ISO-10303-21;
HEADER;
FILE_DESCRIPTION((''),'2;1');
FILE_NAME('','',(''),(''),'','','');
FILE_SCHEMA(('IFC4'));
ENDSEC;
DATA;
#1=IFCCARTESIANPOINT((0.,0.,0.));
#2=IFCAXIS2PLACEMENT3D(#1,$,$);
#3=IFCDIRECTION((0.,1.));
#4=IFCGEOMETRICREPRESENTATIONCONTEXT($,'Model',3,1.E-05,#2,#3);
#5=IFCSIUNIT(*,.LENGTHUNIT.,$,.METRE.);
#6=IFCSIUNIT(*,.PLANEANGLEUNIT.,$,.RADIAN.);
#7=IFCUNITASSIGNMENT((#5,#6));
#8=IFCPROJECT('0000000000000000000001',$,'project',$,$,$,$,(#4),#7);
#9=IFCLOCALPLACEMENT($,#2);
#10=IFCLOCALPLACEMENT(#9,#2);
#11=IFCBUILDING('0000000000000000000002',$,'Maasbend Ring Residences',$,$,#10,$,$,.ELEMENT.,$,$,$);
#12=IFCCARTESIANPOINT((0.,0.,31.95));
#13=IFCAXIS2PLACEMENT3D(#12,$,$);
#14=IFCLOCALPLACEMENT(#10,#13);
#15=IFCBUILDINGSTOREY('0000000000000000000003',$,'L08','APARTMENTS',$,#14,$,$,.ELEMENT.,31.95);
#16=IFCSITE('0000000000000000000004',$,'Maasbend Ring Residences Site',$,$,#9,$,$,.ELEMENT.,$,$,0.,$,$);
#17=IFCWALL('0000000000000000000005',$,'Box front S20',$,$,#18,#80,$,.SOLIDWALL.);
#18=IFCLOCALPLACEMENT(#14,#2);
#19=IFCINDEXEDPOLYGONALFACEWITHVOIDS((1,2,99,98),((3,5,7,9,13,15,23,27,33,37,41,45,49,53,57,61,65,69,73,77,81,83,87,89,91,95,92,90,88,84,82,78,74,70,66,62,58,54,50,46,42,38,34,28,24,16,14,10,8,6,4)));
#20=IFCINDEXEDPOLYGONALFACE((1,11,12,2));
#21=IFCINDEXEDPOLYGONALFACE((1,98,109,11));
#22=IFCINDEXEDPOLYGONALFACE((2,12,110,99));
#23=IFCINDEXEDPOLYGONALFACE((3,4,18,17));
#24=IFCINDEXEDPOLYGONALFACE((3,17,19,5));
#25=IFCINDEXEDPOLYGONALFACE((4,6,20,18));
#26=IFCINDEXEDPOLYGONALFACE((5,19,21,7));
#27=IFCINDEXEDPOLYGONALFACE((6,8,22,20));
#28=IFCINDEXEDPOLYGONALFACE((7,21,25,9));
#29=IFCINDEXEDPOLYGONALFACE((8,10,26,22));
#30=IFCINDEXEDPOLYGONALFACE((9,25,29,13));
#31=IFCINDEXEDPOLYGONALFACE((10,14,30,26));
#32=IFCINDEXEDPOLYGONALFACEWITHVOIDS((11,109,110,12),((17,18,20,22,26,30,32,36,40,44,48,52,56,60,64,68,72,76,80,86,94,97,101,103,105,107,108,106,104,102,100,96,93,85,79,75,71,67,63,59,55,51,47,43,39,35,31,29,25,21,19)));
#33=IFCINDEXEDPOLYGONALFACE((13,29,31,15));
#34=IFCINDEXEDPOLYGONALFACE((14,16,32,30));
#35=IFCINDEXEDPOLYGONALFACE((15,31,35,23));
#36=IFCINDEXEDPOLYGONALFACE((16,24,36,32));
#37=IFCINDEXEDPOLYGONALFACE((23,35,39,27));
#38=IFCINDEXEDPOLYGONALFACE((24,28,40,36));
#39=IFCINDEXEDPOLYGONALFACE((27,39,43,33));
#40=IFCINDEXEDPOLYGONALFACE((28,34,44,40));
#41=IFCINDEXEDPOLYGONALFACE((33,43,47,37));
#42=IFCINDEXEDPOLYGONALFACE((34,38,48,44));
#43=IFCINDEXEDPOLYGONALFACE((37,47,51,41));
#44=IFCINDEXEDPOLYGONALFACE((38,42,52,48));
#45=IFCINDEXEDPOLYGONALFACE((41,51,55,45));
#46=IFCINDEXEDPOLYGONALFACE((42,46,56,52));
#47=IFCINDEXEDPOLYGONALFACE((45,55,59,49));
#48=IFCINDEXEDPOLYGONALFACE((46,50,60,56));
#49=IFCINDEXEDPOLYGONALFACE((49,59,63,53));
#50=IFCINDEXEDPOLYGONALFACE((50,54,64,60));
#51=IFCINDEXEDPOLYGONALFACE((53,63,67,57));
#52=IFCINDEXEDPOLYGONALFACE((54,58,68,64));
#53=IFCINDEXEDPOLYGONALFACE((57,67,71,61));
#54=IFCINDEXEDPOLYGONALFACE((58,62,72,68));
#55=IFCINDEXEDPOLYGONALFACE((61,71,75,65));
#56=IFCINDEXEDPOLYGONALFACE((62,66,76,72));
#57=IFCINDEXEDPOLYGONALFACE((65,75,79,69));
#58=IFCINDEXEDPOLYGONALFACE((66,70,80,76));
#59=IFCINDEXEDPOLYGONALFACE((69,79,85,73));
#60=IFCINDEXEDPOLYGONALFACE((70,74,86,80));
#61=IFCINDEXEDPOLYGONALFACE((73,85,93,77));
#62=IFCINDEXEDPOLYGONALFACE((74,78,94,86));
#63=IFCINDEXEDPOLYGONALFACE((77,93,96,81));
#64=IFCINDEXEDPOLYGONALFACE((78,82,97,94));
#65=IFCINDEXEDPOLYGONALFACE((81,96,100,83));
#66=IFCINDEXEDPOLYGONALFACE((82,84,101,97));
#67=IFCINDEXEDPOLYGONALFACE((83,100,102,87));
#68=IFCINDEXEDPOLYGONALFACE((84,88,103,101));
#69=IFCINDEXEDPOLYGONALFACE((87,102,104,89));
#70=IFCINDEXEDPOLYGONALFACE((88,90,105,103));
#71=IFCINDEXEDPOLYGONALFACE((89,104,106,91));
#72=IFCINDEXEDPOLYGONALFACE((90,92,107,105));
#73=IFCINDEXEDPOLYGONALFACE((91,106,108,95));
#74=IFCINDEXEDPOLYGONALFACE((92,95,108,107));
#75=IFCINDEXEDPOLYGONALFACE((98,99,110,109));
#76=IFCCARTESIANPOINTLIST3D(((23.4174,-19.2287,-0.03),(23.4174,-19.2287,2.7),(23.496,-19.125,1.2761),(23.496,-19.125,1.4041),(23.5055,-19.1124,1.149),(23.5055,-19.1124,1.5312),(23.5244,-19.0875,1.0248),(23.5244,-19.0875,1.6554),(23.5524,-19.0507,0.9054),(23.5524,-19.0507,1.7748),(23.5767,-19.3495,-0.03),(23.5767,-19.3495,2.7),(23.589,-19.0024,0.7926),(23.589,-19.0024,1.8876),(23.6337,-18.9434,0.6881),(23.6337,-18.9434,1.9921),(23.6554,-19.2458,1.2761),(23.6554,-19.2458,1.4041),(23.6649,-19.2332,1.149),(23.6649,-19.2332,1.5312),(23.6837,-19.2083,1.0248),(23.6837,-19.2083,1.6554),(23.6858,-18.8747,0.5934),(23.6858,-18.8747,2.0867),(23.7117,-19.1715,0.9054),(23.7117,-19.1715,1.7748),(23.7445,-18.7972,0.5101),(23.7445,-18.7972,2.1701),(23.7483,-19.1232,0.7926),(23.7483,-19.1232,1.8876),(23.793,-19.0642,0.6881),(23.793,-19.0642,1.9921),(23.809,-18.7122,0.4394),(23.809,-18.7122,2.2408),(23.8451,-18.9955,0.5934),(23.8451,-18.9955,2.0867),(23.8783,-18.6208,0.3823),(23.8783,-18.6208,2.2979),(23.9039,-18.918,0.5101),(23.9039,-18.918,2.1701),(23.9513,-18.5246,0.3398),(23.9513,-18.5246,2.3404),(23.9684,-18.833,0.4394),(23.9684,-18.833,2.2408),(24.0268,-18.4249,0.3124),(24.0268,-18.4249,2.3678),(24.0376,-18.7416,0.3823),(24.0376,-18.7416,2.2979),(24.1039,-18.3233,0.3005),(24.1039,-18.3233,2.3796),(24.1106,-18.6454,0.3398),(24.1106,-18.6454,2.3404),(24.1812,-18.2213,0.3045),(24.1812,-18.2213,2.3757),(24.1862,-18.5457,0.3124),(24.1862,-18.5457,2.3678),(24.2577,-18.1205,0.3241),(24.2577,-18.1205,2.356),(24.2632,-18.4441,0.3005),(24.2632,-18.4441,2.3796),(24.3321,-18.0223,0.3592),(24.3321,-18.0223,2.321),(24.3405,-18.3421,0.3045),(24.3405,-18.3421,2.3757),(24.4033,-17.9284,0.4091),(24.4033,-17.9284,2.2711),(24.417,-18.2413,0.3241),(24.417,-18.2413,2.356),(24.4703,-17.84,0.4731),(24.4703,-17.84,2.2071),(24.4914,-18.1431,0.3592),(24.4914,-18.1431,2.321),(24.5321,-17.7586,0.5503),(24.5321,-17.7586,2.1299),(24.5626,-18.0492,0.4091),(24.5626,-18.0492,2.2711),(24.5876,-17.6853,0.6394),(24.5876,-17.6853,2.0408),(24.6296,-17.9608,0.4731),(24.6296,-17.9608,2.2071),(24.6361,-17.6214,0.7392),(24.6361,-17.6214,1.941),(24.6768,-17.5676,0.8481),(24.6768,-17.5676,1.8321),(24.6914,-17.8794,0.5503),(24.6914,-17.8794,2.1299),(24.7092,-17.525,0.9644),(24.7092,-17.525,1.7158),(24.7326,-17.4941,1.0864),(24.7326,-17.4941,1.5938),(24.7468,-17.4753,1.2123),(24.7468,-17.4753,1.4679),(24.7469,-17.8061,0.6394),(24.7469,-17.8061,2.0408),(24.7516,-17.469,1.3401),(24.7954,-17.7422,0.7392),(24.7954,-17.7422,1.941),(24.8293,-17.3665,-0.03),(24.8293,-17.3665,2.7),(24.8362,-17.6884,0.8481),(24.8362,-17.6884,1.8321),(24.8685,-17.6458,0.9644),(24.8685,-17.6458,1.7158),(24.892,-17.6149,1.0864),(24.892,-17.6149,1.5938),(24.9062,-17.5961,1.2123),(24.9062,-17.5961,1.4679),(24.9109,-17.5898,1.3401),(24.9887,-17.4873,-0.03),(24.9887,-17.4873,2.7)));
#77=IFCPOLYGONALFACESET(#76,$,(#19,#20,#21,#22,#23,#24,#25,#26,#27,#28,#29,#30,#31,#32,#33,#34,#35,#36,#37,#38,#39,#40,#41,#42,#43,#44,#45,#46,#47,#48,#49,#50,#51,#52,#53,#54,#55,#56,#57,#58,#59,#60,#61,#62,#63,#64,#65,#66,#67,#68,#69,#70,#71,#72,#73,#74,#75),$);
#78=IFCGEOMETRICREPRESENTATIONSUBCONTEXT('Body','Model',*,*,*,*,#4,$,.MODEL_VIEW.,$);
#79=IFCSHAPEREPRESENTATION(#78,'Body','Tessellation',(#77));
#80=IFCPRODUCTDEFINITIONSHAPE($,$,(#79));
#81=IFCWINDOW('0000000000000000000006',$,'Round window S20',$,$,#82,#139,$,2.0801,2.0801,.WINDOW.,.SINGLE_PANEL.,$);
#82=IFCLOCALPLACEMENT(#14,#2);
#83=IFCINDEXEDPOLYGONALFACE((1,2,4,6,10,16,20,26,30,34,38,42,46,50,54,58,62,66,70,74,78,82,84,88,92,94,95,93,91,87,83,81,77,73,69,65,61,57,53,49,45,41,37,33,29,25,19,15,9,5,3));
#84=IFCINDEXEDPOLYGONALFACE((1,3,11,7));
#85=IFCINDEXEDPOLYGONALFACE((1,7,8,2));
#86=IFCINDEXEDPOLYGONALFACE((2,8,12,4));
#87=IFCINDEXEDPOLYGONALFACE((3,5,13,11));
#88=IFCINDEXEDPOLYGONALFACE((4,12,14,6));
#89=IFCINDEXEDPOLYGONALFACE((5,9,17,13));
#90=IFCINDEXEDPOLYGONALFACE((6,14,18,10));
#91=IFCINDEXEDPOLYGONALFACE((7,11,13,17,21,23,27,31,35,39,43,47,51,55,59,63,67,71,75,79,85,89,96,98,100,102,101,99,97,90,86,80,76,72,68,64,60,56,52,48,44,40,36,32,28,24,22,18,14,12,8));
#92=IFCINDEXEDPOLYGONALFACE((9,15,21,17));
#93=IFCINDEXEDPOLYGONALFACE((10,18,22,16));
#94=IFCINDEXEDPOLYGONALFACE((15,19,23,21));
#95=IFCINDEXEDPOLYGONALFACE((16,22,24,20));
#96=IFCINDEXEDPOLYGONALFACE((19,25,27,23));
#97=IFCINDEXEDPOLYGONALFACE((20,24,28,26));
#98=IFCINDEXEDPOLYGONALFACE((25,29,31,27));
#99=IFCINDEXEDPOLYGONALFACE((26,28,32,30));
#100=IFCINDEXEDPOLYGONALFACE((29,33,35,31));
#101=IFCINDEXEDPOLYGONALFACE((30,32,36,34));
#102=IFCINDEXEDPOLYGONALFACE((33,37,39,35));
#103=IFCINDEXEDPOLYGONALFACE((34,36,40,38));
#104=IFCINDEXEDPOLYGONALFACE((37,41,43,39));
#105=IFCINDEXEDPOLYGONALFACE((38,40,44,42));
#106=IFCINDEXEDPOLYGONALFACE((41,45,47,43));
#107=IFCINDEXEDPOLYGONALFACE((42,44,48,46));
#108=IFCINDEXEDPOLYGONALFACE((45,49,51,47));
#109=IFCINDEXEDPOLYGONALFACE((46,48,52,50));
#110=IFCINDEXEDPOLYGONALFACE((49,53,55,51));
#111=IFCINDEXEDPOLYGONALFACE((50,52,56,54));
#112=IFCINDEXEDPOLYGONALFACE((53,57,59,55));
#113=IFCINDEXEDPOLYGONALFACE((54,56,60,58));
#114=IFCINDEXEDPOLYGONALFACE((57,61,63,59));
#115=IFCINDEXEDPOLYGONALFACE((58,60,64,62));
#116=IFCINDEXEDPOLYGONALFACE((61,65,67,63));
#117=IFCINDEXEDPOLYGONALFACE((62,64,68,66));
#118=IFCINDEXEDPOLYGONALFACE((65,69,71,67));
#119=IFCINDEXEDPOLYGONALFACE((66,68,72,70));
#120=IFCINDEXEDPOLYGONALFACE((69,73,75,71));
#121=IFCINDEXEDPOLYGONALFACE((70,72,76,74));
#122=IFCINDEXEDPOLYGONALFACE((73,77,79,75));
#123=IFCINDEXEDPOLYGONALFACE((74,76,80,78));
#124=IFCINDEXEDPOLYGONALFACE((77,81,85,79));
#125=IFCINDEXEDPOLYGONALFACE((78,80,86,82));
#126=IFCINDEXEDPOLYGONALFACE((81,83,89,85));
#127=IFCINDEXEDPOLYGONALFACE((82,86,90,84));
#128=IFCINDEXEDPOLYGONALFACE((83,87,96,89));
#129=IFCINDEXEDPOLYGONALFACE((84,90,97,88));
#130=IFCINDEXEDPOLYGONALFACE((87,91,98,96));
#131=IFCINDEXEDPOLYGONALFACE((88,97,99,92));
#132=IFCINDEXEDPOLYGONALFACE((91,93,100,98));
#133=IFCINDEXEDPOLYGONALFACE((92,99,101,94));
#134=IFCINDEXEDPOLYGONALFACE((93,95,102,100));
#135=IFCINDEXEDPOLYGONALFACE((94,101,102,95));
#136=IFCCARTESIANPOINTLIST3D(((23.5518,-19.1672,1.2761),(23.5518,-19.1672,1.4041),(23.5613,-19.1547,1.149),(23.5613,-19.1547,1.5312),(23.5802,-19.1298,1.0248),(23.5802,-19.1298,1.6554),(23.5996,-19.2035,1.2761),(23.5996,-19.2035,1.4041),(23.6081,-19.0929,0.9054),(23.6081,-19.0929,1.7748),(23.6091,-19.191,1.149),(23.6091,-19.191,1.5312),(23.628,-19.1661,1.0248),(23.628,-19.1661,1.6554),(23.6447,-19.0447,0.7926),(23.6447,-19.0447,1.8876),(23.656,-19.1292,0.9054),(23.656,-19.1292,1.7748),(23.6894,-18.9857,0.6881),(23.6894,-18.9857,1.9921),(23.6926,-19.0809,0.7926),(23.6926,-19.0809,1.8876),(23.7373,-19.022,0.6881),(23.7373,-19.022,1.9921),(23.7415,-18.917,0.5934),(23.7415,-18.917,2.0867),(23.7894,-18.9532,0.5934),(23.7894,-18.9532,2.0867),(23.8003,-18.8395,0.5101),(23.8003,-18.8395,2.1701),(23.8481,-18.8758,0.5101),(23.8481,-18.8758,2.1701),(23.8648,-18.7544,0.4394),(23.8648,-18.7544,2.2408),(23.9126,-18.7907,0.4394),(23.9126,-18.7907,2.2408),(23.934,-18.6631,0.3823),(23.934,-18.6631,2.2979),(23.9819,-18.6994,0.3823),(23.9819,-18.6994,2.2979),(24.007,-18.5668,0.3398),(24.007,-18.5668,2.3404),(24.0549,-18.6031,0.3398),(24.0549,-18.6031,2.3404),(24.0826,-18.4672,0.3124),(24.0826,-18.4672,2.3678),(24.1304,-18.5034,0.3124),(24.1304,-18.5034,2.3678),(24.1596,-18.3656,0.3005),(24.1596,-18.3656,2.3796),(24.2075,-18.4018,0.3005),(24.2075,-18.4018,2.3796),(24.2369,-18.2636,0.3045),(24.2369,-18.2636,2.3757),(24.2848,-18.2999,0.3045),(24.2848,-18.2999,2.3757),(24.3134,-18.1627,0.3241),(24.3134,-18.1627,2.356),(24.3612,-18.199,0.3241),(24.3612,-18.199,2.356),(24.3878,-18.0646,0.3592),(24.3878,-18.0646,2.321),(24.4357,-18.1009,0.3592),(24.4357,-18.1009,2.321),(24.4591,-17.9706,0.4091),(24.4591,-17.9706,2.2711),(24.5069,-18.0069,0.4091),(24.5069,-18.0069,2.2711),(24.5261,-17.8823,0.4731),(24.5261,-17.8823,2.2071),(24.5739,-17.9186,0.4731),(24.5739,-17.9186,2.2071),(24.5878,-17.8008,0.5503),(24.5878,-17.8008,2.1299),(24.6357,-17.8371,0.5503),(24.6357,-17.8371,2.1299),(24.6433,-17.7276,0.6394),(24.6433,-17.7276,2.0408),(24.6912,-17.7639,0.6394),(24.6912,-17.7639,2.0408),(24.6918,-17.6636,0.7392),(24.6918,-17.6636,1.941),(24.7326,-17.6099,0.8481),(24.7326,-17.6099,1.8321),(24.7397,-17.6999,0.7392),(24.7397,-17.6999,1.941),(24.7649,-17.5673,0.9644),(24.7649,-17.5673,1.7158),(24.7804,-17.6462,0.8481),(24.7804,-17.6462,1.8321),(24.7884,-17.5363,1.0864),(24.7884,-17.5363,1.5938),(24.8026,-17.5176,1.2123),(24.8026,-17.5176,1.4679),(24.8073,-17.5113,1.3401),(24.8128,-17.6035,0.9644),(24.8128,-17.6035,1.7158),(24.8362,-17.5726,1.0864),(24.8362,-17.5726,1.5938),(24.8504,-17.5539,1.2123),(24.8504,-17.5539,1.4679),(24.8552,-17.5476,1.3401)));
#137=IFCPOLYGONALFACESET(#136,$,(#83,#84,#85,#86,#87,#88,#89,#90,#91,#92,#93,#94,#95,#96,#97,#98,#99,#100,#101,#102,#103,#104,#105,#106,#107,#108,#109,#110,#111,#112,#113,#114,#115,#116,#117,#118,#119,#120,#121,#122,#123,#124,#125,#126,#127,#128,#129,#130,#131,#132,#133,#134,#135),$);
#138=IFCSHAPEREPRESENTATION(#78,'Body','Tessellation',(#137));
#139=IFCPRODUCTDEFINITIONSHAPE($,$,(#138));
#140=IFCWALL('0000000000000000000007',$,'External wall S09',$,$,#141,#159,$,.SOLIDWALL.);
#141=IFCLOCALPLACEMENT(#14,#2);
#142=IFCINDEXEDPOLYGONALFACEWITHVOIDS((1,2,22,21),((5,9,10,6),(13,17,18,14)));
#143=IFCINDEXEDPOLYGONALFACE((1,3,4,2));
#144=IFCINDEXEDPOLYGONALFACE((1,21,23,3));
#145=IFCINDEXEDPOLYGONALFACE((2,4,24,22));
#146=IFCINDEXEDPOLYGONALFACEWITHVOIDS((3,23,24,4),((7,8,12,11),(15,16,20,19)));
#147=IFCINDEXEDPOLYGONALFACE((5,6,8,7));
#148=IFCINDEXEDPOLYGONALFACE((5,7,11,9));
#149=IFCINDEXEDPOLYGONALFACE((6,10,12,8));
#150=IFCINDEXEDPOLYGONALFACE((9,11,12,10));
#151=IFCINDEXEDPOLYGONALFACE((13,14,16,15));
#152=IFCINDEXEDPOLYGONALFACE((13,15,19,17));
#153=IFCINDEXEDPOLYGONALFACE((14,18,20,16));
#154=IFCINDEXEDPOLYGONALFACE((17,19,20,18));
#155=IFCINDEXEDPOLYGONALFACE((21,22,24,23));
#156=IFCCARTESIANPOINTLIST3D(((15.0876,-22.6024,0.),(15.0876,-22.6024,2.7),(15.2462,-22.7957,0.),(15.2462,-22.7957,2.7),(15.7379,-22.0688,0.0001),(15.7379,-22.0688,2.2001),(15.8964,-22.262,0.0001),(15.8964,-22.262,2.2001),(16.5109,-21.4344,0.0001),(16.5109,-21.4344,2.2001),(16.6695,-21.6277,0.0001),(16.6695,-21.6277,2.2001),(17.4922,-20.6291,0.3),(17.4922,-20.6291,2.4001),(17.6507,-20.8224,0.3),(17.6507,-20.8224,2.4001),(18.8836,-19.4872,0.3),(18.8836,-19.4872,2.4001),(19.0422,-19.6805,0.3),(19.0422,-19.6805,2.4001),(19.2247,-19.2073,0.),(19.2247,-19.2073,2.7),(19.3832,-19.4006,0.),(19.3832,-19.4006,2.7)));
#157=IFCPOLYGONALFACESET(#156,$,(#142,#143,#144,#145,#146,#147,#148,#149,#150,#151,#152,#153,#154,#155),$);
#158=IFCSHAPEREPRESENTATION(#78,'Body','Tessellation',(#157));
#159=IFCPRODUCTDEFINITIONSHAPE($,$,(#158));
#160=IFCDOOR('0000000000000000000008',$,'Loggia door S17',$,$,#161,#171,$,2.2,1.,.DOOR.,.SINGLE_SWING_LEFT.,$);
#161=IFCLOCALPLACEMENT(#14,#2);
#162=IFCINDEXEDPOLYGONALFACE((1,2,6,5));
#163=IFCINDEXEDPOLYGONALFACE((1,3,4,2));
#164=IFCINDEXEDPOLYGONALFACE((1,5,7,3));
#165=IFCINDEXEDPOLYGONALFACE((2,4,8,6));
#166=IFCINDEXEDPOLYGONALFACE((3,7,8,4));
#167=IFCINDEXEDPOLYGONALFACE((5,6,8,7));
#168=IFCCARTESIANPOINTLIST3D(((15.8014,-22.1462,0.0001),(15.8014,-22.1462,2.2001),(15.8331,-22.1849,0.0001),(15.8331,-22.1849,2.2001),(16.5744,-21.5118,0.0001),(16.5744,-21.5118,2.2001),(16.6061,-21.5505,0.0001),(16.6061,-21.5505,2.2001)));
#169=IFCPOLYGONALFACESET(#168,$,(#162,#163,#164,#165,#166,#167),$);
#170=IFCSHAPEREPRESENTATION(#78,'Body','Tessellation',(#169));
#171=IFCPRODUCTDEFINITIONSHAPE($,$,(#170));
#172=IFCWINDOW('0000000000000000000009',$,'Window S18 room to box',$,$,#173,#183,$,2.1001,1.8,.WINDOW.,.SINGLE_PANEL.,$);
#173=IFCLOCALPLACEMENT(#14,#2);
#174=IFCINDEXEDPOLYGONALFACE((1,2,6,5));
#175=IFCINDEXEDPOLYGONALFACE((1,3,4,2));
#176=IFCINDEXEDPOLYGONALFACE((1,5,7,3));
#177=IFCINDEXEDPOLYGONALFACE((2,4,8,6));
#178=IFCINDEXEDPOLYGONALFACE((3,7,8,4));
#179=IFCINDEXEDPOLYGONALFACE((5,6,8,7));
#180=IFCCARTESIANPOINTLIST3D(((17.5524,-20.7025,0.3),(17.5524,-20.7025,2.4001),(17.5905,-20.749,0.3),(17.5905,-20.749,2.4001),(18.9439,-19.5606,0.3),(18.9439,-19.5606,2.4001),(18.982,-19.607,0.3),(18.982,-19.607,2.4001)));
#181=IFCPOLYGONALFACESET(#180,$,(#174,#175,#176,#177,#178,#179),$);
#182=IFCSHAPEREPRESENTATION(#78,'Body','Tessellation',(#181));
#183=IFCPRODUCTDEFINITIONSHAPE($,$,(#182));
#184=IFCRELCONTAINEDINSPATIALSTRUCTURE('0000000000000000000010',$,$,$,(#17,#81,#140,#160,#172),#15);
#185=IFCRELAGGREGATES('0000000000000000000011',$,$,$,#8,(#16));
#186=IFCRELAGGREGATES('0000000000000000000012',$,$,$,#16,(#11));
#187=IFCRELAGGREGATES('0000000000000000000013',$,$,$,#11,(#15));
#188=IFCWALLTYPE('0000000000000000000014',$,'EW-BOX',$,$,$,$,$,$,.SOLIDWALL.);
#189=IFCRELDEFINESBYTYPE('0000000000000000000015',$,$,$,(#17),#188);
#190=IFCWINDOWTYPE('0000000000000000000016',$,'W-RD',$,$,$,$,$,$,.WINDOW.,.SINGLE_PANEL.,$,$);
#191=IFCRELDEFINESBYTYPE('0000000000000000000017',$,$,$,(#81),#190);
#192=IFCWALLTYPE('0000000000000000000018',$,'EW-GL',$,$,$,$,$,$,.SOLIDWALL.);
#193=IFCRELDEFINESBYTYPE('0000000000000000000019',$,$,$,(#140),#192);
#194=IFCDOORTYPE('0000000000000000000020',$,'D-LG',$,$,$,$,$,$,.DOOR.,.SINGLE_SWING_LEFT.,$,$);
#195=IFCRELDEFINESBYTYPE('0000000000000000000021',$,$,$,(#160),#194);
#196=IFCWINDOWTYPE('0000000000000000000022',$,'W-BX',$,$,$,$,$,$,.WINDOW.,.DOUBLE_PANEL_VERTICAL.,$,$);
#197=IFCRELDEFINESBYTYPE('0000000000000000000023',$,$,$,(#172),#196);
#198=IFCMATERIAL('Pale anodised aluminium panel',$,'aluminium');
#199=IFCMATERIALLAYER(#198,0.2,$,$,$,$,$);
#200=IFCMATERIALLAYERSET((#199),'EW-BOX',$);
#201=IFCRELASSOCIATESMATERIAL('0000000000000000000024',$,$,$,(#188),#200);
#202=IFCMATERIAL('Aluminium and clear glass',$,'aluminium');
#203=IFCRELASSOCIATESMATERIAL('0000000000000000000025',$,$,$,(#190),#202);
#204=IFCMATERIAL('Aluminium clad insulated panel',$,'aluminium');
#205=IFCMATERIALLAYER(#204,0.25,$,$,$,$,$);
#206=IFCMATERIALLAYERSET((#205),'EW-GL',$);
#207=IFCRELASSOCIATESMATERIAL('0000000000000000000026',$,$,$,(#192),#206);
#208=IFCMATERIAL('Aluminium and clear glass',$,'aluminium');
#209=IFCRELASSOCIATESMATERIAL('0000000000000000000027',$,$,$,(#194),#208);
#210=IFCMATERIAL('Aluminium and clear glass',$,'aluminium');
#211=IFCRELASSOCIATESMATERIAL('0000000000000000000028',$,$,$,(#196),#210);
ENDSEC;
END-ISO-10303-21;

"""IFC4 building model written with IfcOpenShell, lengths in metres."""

from ifc_helpers import new_model, si_unit, direction, frame, frame_2d, origin, place, context, subcontext, project, spatial, rectangle, circle, extrude, material, layer, layer_set, type_object, element, fill, save


model = new_model("IFC4")

# Units and contexts
model_context = context("Model", 3, precision=1e-05, world=origin(), true_north=direction((0.0, 1.0)))
body_context = subcontext(model_context, "Body", "Model", "MODEL_VIEW")
ifc_project = project(units=[si_unit("LENGTHUNIT", "METRE"), si_unit("PLANEANGLEUNIT", "RADIAN")], contexts=[model_context])

# Site, building, storey
site_placement = place(None, origin())
site = spatial("IfcSite", under=ifc_project, at=site_placement, Name="Maasbend Ring Residences Site", CompositionType="ELEMENT", RefElevation=0.0)
building_placement = place(site_placement, origin())
building = spatial("IfcBuilding", under=site, at=building_placement, Name="Maasbend Ring Residences", CompositionType="ELEMENT")
storey_placement = place(building_placement, frame((0.0, 0.0, 31.95)))
storey = spatial("IfcBuildingStorey", under=building, at=storey_placement, Name="L08", Description="APARTMENTS", CompositionType="ELEMENT", Elevation=31.95)

# Shared definitions
ifc_material_1 = material(Name="Pale anodised aluminium panel", Category="aluminium")
ifc_layer_1 = layer(ifc_material_1, 0.2)
ifc_layer_set_1 = layer_set([ifc_layer_1], Name="EW-BOX")
wall_type_1 = type_object("IfcWallType", Name="EW-BOX", PredefinedType="SOLIDWALL", material=ifc_layer_set_1)
ifc_material_2 = material(Name="Aluminium and clear glass", Category="aluminium")
window_type_1 = type_object("IfcWindowType", Name="W-RD", PartitioningType="SINGLE_PANEL", PredefinedType="WINDOW", material=ifc_material_2)

# Wall, opening, window
wall_1_placement = place(storey_placement, frame((23.4971, -19.2891, -0.03), z_axis=(0.0, 0.0, 1.0), x_axis=(0.604188, 0.796842, 0.0)))
wall_1 = element("IfcWall", 1, at=wall_1_placement, inside=storey, type_object=wall_type_1, Name="Box front S20", PredefinedType="SOLIDWALL", context=body_context, shape_type="SweptSolid", body=[
    extrude(rectangle(XDim=2.3369, YDim=0.2, at=frame_2d((1.1685, 0.0))), origin(), (0.0, 0.0, 1.0), 2.73),
])
opening_1_placement = place(wall_1_placement, frame((0.1282, 0.0, 0.3301)))
opening_1 = element("IfcOpeningElement", 2, at=opening_1_placement, cuts=wall_1, PredefinedType="OPENING", context=body_context, shape_type="SweptSolid", body=[
    extrude(circle(Radius=1.04, at=frame_2d((1.04, 1.04))), frame((0.0, 0.1099, 0.0), z_axis=(0.0, -1.0, 0.0), x_axis=(1.0, 0.0, 0.0)), (0.0, 0.0, 1.0), 0.22),
])
window_1_placement = place(opening_1_placement, origin())
window_1 = element("IfcWindow", 3, at=window_1_placement, inside=storey, type_object=window_type_1, Name="Round window S20", OverallHeight=2.0801, OverallWidth=2.0801, PartitioningType="SINGLE_PANEL", PredefinedType="WINDOW", context=body_context, shape_type="SweptSolid", body=[
    extrude(circle(Radius=1.04, at=frame_2d((1.04, 1.04))), frame((0.0, 0.03, 0.0), z_axis=(0.0, -1.0, 0.0), x_axis=(1.0, 0.0, 0.0)), (0.0, 0.0, 1.0), 0.0601),
])
fill(opening_1, window_1)

# Wall, openings, door, window
ifc_material_3 = material(Name="Aluminium clad insulated panel", Category="aluminium")
ifc_layer_2 = layer(ifc_material_3, 0.25)
ifc_layer_set_2 = layer_set([ifc_layer_2], Name="EW-GL")
wall_type_2 = type_object("IfcWallType", Name="EW-GL", PredefinedType="SOLIDWALL", material=ifc_layer_set_2)
wall_2_placement = place(storey_placement, frame((15.167, -22.699, 0.0), z_axis=(0.0, 0.0, 1.0), x_axis=(0.773019, 0.634382, 0.0)))
wall_2 = element("IfcWall", 4, at=wall_2_placement, inside=storey, type_object=wall_type_2, Name="External wall S09", PredefinedType="SOLIDWALL", context=body_context, shape_type="SweptSolid", body=[
    extrude(rectangle(XDim=5.3518, YDim=0.25, at=frame_2d((2.6758, 0.0))), origin(), (0.0, 0.0, 1.0), 2.7),
])
opening_2_placement = place(wall_2_placement, frame((0.8411, 0.0, 0.0)))
opening_2 = element("IfcOpeningElement", 5, at=opening_2_placement, cuts=wall_2, PredefinedType="OPENING", context=body_context, shape_type="SweptSolid", body=[
    extrude(rectangle(XDim=1.0, YDim=2.2, at=frame_2d((0.5, 1.1001))), frame((0.0, 0.135, 0.0), z_axis=(0.0, -1.0, 0.0), x_axis=(1.0, 0.0, 0.0)), (0.0, 0.0, 1.0), 0.27),
])
opening_3_placement = place(wall_2_placement, frame((3.1106, 0.0, 0.3)))
opening_3 = element("IfcOpeningElement", 6, at=opening_3_placement, cuts=wall_2, PredefinedType="OPENING", context=body_context, shape_type="SweptSolid", body=[
    extrude(rectangle(XDim=1.8, YDim=2.1001, at=frame_2d((0.8999, 1.05))), frame((0.0, 0.135, 0.0), z_axis=(0.0, -1.0, 0.0), x_axis=(1.0, 0.0, 0.0)), (0.0, 0.0, 1.0), 0.27),
])
ifc_material_4 = material(Name="Aluminium and clear glass", Category="aluminium")
door_type_1 = type_object("IfcDoorType", Name="D-LG", OperationType="SINGLE_SWING_LEFT", PredefinedType="DOOR", material=ifc_material_4)
door_1_placement = place(opening_2_placement, origin())
door_1 = element("IfcDoor", 7, at=door_1_placement, inside=storey, type_object=door_type_1, Name="Loggia door S17", OperationType="SINGLE_SWING_LEFT", OverallHeight=2.2, OverallWidth=1.0, PredefinedType="DOOR", context=body_context, shape_type="SweptSolid", body=[
    extrude(rectangle(XDim=1.0, YDim=2.2, at=frame_2d((0.5, 1.1001))), frame((0.0, 0.0249, 0.0), z_axis=(0.0, -1.0, 0.0), x_axis=(1.0, 0.0, 0.0)), (0.0, 0.0, 1.0), 0.05),
])
fill(opening_2, door_1)
ifc_material_5 = material(Name="Aluminium and clear glass", Category="aluminium")
window_type_2 = type_object("IfcWindowType", Name="W-BX", PartitioningType="DOUBLE_PANEL_VERTICAL", PredefinedType="WINDOW", material=ifc_material_5)
window_2_placement = place(opening_3_placement, origin())
window_2 = element("IfcWindow", 8, at=window_2_placement, inside=storey, type_object=window_type_2, Name="Window S18 room to box", OverallHeight=2.1001, OverallWidth=1.8, PartitioningType="SINGLE_PANEL", PredefinedType="WINDOW", context=body_context, shape_type="SweptSolid", body=[
    extrude(rectangle(XDim=1.8, YDim=2.1001, at=frame_2d((0.8999, 1.05))), frame((0.0, 0.03, 0.0), z_axis=(0.0, -1.0, 0.0), x_axis=(1.0, 0.0, 0.0)), (0.0, 0.0, 1.0), 0.0601),
])
fill(opening_3, window_2)

save(model, "model.ifc")
